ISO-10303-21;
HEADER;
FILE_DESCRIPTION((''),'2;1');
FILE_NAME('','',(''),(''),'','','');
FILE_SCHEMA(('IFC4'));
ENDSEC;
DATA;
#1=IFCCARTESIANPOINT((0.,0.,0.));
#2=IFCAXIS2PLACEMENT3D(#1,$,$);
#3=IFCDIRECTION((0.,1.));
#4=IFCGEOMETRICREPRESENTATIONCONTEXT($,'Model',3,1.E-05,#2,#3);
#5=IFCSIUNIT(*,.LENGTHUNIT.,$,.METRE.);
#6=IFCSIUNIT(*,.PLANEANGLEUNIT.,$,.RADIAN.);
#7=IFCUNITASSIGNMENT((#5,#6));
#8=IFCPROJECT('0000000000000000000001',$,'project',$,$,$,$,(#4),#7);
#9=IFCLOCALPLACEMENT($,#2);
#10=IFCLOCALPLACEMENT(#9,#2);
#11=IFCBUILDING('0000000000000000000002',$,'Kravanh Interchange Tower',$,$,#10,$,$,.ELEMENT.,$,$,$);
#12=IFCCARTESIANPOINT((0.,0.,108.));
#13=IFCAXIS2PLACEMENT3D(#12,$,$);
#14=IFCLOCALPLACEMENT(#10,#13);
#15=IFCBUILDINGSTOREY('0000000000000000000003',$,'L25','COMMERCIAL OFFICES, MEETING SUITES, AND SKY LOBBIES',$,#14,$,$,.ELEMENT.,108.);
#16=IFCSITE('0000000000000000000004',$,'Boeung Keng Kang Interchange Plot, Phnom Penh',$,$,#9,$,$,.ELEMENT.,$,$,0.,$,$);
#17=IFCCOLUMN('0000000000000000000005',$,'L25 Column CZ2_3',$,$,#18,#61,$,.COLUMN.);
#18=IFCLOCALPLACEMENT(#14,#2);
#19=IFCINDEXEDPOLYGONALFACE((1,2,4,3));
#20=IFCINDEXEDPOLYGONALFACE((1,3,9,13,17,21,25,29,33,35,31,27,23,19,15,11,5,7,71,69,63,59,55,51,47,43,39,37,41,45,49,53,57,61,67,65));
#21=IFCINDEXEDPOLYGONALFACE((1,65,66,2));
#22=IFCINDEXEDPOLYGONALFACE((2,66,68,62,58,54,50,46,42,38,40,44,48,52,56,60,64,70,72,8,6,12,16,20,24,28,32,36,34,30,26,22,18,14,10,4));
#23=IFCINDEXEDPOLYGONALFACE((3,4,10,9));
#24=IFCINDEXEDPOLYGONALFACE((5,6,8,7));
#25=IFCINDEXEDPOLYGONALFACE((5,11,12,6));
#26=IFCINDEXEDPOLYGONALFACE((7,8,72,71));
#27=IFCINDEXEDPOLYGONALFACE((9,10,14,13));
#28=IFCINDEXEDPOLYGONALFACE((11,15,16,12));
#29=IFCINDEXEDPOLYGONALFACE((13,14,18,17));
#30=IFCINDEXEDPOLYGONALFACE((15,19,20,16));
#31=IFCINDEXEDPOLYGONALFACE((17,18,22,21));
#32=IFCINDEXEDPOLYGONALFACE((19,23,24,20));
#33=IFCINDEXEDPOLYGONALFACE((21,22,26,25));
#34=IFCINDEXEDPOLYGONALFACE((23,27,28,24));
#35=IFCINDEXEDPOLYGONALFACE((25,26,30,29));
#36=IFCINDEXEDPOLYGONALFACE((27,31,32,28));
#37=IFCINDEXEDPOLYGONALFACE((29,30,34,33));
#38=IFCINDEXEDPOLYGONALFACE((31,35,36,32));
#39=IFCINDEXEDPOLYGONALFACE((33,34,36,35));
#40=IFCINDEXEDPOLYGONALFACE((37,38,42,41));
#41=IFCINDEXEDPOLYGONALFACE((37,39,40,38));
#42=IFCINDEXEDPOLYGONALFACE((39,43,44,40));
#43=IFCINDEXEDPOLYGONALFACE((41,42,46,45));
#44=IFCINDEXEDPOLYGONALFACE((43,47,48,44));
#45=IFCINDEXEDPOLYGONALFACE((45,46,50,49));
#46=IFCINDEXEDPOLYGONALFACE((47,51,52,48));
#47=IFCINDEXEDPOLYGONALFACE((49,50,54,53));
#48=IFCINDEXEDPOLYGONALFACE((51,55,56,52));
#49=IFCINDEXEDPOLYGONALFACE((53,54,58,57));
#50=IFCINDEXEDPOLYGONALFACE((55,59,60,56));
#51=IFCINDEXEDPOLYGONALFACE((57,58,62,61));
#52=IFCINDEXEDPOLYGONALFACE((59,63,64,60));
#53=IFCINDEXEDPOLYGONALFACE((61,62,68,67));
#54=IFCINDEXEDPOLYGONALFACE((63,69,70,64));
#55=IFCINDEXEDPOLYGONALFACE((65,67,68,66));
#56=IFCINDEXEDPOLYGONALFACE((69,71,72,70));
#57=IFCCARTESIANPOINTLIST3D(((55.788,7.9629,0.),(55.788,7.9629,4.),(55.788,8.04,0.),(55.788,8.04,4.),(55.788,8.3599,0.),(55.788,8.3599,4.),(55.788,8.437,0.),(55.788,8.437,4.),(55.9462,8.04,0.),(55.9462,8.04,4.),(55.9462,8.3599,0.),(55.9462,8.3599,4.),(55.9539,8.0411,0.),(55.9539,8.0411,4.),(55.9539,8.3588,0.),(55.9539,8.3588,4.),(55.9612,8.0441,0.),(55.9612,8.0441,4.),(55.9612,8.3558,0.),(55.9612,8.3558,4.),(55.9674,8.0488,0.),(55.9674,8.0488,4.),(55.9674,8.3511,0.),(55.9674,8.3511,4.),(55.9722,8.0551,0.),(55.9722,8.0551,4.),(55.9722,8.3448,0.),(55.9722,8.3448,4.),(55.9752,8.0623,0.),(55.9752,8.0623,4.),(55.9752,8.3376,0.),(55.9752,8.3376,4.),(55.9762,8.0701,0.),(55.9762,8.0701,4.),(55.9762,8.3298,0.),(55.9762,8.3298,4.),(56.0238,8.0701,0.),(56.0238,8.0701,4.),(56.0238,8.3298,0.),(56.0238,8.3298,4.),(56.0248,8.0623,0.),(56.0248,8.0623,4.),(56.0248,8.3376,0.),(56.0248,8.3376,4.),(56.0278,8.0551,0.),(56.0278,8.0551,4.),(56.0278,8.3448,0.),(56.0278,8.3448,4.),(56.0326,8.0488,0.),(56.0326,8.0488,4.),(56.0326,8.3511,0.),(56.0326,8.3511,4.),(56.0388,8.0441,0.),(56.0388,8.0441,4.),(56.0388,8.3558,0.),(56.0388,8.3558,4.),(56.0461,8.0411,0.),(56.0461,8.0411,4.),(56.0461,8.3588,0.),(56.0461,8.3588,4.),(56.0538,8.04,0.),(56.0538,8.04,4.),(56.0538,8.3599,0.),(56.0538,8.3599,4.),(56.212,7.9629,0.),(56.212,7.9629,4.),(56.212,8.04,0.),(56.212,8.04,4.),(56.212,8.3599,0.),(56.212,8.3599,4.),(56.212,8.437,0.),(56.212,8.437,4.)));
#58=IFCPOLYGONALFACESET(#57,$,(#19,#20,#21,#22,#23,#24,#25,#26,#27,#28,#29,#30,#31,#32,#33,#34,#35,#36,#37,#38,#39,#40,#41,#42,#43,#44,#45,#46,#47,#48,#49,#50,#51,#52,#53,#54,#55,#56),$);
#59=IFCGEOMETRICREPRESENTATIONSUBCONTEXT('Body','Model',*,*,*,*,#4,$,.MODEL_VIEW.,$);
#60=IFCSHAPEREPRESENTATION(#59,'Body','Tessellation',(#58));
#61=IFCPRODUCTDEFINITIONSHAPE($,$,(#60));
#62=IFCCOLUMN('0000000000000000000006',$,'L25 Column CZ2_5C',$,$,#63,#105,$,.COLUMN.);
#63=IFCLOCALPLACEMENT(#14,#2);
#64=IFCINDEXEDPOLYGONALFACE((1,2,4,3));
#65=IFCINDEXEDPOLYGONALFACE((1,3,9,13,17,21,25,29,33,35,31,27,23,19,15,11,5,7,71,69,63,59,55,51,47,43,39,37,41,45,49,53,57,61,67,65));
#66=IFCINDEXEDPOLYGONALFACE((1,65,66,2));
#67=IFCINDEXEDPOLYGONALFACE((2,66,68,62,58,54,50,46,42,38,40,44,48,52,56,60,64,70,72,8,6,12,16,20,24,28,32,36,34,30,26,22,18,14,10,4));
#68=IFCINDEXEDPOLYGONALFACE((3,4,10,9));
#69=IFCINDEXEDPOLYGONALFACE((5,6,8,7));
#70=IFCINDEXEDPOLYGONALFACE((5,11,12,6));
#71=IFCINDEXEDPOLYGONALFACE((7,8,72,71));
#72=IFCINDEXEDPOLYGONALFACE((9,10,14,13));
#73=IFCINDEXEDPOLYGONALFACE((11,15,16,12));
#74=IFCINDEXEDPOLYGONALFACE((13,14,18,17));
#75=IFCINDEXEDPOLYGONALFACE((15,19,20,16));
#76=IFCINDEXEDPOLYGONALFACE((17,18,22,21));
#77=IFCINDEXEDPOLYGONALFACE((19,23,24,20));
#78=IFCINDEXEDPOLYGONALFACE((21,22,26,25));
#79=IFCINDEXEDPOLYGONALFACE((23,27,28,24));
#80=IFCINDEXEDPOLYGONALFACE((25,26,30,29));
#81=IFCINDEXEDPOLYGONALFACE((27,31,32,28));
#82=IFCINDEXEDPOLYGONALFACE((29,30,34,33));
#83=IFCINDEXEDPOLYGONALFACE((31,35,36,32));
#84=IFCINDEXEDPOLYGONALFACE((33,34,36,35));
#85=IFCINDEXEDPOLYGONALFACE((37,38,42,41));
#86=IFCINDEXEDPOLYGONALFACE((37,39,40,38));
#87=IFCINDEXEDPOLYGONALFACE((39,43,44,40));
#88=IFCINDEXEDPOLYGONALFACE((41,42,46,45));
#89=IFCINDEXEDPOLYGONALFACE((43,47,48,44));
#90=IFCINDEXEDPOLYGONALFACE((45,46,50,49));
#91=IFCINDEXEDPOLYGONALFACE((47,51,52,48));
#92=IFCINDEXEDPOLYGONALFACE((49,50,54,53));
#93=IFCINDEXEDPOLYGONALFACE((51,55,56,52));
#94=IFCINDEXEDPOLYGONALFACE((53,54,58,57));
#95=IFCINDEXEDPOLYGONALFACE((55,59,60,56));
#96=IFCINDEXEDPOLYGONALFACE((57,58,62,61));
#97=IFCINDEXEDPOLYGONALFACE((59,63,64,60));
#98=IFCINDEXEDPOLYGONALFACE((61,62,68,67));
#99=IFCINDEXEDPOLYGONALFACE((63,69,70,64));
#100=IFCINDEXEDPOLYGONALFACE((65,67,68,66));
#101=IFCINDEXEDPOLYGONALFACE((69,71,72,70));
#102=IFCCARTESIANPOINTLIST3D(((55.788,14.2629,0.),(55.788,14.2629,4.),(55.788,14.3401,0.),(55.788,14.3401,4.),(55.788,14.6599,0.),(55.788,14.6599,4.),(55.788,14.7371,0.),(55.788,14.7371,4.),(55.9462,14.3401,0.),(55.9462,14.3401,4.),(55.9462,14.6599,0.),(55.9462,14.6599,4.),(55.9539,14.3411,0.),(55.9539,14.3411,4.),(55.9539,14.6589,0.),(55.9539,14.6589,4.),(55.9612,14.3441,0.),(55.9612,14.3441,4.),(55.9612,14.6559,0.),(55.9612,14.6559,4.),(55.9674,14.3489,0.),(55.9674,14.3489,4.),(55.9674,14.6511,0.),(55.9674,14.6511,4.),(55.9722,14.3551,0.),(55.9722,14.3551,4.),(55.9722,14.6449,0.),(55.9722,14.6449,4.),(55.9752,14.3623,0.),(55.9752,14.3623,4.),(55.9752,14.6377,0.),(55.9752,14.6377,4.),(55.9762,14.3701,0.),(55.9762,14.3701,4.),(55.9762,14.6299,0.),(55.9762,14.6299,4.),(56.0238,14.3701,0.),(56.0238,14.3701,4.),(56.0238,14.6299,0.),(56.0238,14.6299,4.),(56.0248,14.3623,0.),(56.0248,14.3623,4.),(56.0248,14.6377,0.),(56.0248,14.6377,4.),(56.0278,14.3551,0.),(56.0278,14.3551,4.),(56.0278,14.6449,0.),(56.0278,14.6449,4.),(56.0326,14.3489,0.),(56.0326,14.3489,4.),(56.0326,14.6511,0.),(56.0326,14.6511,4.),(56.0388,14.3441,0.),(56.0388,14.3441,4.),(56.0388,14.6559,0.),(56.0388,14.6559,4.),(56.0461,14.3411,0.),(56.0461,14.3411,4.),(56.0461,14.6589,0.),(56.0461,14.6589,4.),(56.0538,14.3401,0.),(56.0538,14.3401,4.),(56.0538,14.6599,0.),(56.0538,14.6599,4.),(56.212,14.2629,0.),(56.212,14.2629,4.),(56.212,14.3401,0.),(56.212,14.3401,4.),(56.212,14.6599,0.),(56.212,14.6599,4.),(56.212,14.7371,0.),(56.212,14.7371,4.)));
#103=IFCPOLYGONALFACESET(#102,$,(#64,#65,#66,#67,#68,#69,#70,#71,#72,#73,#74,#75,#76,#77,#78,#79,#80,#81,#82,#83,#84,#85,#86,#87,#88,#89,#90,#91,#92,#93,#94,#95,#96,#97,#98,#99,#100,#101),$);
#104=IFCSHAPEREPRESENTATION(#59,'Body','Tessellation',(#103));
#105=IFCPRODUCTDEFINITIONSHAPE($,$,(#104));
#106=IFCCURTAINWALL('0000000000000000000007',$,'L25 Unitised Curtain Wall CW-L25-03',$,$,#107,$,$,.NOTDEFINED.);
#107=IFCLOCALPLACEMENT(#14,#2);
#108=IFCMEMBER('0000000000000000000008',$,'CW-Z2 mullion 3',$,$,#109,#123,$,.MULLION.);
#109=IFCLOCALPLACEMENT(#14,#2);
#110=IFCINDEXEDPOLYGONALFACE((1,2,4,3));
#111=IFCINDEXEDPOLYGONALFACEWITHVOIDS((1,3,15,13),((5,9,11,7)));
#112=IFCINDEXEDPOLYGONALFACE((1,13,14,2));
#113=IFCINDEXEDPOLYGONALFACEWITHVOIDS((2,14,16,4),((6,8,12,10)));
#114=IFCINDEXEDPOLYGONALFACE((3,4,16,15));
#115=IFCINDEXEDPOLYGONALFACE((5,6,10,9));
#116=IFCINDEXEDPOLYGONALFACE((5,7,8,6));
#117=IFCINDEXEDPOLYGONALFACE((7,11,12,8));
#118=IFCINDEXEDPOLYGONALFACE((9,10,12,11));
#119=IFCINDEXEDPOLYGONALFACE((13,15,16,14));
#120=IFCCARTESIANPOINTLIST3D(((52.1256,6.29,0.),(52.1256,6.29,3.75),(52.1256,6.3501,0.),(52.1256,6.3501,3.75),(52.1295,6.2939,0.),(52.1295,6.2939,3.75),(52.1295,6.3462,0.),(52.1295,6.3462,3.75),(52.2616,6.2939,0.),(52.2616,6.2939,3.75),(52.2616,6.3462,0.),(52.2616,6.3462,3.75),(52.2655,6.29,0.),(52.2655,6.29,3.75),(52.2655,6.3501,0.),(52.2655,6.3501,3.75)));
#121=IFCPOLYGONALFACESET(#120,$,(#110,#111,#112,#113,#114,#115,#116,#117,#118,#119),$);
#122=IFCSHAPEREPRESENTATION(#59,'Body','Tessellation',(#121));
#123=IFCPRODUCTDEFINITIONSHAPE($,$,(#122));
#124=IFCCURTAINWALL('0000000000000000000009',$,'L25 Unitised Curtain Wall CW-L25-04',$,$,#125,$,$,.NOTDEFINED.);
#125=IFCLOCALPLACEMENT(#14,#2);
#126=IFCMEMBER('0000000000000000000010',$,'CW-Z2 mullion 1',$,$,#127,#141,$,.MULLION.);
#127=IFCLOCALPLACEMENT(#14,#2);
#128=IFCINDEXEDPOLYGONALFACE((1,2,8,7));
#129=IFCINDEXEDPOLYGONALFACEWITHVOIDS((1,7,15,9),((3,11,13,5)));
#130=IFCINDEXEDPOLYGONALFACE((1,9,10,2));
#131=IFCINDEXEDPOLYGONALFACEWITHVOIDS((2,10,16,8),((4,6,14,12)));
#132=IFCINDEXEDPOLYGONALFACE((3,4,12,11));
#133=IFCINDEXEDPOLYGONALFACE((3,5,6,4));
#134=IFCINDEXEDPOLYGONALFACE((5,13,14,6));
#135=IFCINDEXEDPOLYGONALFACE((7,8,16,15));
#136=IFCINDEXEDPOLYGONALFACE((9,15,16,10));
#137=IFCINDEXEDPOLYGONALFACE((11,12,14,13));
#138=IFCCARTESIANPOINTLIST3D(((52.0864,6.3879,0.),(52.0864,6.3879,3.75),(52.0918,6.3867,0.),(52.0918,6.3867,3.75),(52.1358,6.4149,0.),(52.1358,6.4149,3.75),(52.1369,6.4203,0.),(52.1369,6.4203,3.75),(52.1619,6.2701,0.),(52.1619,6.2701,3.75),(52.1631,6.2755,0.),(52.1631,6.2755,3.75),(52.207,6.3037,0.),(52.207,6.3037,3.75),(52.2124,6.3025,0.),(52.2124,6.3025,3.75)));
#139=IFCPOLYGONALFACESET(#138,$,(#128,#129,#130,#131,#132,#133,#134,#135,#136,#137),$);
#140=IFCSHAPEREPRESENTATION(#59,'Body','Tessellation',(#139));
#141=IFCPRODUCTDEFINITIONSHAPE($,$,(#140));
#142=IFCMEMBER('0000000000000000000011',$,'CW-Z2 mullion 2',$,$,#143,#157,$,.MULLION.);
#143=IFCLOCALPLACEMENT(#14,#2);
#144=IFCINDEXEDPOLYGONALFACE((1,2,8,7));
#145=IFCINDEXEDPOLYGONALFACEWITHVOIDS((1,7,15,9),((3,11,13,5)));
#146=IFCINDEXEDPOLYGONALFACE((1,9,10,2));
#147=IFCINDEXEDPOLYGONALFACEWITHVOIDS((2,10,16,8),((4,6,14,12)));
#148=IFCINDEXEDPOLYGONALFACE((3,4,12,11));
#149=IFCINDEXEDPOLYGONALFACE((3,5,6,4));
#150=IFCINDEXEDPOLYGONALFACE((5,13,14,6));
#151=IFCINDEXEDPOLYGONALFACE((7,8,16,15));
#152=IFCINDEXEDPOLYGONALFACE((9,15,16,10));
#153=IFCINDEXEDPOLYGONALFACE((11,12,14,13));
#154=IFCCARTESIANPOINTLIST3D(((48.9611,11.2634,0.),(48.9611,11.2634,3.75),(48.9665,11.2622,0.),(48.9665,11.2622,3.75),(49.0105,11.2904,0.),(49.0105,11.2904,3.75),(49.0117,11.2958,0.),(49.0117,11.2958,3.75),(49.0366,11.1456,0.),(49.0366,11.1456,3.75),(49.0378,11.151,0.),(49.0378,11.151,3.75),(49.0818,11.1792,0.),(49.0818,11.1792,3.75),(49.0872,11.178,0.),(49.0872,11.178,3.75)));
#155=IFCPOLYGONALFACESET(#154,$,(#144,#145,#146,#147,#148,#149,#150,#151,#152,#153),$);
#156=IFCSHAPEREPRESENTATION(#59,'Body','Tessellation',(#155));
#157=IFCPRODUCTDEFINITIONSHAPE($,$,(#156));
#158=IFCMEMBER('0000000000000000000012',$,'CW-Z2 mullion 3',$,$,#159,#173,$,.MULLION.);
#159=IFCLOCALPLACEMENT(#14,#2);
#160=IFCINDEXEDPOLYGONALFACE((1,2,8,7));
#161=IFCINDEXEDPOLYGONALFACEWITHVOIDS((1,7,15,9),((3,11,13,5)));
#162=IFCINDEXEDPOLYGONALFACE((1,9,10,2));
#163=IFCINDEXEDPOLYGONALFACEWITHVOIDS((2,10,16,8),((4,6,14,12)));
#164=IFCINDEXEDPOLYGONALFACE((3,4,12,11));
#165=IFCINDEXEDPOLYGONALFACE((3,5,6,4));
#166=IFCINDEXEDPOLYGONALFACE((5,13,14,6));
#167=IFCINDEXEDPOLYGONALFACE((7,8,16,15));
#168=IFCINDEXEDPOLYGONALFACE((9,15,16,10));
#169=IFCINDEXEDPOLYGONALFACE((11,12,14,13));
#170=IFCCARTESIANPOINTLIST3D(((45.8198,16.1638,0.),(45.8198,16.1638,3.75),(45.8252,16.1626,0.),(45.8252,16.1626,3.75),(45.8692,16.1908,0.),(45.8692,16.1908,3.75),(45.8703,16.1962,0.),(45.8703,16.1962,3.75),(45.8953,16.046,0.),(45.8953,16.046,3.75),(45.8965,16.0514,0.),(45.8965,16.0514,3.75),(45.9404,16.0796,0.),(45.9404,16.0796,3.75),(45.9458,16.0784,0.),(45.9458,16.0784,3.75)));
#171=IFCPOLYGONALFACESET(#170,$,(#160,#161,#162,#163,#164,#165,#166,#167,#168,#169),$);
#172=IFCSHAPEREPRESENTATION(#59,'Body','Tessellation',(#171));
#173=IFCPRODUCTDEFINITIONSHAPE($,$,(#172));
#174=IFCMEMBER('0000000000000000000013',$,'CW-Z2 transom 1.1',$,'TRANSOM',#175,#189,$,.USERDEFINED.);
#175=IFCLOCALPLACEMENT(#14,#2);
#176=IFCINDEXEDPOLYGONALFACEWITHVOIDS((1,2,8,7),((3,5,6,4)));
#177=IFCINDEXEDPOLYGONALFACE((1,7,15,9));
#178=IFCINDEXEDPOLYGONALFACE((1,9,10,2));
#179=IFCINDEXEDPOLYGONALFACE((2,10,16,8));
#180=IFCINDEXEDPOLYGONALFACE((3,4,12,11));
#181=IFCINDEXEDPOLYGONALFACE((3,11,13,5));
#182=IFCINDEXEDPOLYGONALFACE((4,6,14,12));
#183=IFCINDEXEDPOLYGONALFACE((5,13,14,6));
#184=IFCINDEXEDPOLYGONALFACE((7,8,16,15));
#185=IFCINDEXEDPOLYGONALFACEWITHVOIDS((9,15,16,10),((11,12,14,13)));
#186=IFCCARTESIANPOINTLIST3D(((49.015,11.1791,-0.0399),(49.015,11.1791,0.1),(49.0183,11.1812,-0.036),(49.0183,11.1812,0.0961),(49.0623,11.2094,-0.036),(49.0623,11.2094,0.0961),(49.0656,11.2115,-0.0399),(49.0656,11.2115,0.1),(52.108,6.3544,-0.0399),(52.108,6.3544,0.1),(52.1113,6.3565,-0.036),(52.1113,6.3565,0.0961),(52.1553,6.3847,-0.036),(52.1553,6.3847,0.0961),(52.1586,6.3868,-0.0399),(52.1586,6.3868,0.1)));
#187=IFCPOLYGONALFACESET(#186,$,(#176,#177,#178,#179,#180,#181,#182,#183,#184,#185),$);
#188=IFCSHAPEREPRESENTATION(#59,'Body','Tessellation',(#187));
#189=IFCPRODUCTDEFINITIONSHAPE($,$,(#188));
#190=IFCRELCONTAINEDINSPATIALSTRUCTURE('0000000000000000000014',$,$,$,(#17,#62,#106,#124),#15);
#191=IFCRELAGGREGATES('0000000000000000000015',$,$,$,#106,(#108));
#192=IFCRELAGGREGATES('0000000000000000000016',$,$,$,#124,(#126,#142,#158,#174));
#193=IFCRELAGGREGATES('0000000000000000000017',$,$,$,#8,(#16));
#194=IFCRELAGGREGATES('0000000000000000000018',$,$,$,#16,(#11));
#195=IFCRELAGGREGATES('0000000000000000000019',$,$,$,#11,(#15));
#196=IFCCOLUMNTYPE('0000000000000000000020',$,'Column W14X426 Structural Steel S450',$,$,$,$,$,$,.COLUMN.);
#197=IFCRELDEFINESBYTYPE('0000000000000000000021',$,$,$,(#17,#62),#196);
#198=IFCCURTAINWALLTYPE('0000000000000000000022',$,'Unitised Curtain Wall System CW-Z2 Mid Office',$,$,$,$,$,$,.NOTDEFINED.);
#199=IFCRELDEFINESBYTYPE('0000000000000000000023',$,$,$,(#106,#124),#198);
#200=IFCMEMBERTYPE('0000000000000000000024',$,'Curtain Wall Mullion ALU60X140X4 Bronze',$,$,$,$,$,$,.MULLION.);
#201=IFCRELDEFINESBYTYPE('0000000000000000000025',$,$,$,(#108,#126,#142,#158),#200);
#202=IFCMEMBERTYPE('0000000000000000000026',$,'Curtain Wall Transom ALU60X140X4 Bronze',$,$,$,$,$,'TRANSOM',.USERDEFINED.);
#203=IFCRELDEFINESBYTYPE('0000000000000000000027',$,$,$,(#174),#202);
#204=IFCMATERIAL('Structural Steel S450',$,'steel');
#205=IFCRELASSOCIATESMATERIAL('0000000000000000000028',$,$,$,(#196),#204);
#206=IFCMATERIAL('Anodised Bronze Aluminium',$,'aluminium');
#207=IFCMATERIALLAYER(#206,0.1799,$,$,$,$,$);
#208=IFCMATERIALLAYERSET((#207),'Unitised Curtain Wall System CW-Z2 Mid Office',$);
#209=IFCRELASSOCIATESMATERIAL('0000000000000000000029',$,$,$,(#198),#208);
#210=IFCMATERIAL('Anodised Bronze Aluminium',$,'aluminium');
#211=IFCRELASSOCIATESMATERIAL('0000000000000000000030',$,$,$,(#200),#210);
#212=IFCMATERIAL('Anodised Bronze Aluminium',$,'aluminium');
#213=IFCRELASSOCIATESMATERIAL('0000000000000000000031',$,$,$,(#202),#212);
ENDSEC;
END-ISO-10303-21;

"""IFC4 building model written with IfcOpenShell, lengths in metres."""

from ifc_helpers import new_model, si_unit, direction, frame, origin, origin_2d, place, context, subcontext, project, spatial, hollow_rectangle, i_section, extrude, material, layer, layer_set, material_profile, profile_set, type_object, element, aggregate, save


model = new_model("IFC4")

# Units and contexts
model_context = context("Model", 3, precision=1e-05, world=origin(), true_north=direction((0.0, 1.0)))
body_context = subcontext(model_context, "Body", "Model", "MODEL_VIEW")
ifc_project = project(units=[si_unit("LENGTHUNIT", "METRE"), si_unit("PLANEANGLEUNIT", "RADIAN")], contexts=[model_context])

# Site, building, storey
site_placement = place(None, origin())
site = spatial("IfcSite", under=ifc_project, at=site_placement, Name="Boeung Keng Kang Interchange Plot, Phnom Penh", CompositionType="ELEMENT", RefElevation=0.0)
building_placement = place(site_placement, origin())
building = spatial("IfcBuilding", under=site, at=building_placement, Name="Kravanh Interchange Tower", CompositionType="ELEMENT")
storey_placement = place(building_placement, frame((0.0, 0.0, 108.0)))
storey = spatial("IfcBuildingStorey", under=building, at=storey_placement, Name="L25", Description="COMMERCIAL OFFICES, MEETING SUITES, AND SKY LOBBIES", CompositionType="ELEMENT", Elevation=108.0)

# Columns
ifc_material_1 = material(Name="Structural Steel S450", Category="steel")
ifc_material_profile_1 = material_profile(ifc_material_1, i_section(OverallWidth=0.4241, OverallDepth=0.4741, WebThickness=0.0476, FlangeThickness=0.0771, FilletRadius=0.03, at=origin_2d()), Name="W14X426")
ifc_profile_set_1 = profile_set([ifc_material_profile_1], Name="Structural Steel S450")
column_type = type_object("IfcColumnType", Name="Column W14X426 Structural Steel S450", PredefinedType="COLUMN", material=ifc_profile_set_1)
for number, where, z_axis, x_axis, name in (
    (1, (56.0, 8.2, 0.0), (0.0, 0.0, 1.0), (1.0, 0.0, 0.0), "L25 Column CZ2_3"),
    (2, (56.0, 14.5, 0.0), (0.0, 0.0, 1.0), (1.0, 0.0, 0.0), "L25 Column CZ2_5C"),
):
    element("IfcColumn", number, at=place(storey_placement, frame(where, z_axis=z_axis, x_axis=x_axis)), inside=storey, type_object=column_type, Name=name, PredefinedType="COLUMN", context=body_context, shape_type="SweptSolid", body=[
        extrude(i_section(OverallWidth=0.4241, OverallDepth=0.4741, WebThickness=0.0476, FlangeThickness=0.0771, FilletRadius=0.03, at=origin_2d()), origin(), (0.0, 0.0, 1.0), 4.0),
    ])

# Curtain wall, member
ifc_material_2 = material(Name="Anodised Bronze Aluminium", Category="aluminium")
ifc_layer_1 = layer(ifc_material_2, 0.1799)
ifc_layer_set_1 = layer_set([ifc_layer_1], Name="Unitised Curtain Wall System CW-Z2 Mid Office")
curtain_wall_type = type_object("IfcCurtainWallType", Name="Unitised Curtain Wall System CW-Z2 Mid Office", PredefinedType="NOTDEFINED", material=ifc_layer_set_1)
curtain_wall_1_placement = place(storey_placement, origin())
curtain_wall_1 = element("IfcCurtainWall", 3, at=curtain_wall_1_placement, inside=storey, type_object=curtain_wall_type, Name="L25 Unitised Curtain Wall CW-L25-03", PredefinedType="NOTDEFINED")
ifc_material_3 = material(Name="Anodised Bronze Aluminium", Category="aluminium")
ifc_material_profile_2 = material_profile(ifc_material_3, hollow_rectangle(XDim=0.0601, YDim=0.1399, WallThickness=0.0039, at=origin_2d()), Name="ALU60X140X4")
ifc_profile_set_2 = profile_set([ifc_material_profile_2], Name="Anodised Bronze Aluminium")
member_type_1 = type_object("IfcMemberType", Name="Curtain Wall Mullion ALU60X140X4 Bronze", PredefinedType="MULLION", material=ifc_profile_set_2)
member_1_placement = place(storey_placement, frame((52.1956, 6.3201, 0.0), z_axis=(0.0, 0.0, 1.0), x_axis=(0.0, -1.0, 0.0)))
member_1 = element("IfcMember", 4, at=member_1_placement, type_object=member_type_1, Name="CW-Z2 mullion 3", PredefinedType="MULLION", context=body_context, shape_type="SweptSolid", body=[
    extrude(hollow_rectangle(XDim=0.0601, YDim=0.1399, WallThickness=0.0039, at=origin_2d()), origin(), (0.0, 0.0, 1.0), 3.75),
])

# Curtain wall, members
curtain_wall_2_placement = place(storey_placement, origin())
curtain_wall_2 = element("IfcCurtainWall", 5, at=curtain_wall_2_placement, inside=storey, type_object=curtain_wall_type, Name="L25 Unitised Curtain Wall CW-L25-04", PredefinedType="NOTDEFINED")
member_2_placement = place(storey_placement, frame((52.1494, 6.3452, 0.0), z_axis=(0.0, 0.0, 1.0), x_axis=(-0.84188, -0.539665, 0.0)))
member_2 = element("IfcMember", 6, at=member_2_placement, type_object=member_type_1, Name="CW-Z2 mullion 1", PredefinedType="MULLION", context=body_context, shape_type="SweptSolid", body=[
    extrude(hollow_rectangle(XDim=0.0601, YDim=0.1399, WallThickness=0.0039, at=origin_2d()), origin(), (0.0, 0.0, 1.0), 3.75),
])
member_3_placement = place(storey_placement, frame((49.0242, 11.2207, 0.0), z_axis=(0.0, 0.0, 1.0), x_axis=(-0.84188, -0.539665, 0.0)))
member_3 = element("IfcMember", 7, at=member_3_placement, type_object=member_type_1, Name="CW-Z2 mullion 2", PredefinedType="MULLION", context=body_context, shape_type="SweptSolid", body=[
    extrude(hollow_rectangle(XDim=0.0601, YDim=0.1399, WallThickness=0.0039, at=origin_2d()), origin(), (0.0, 0.0, 1.0), 3.75),
])
member_4_placement = place(storey_placement, frame((45.8828, 16.1211, 0.0), z_axis=(0.0, 0.0, 1.0), x_axis=(-0.84188, -0.539665, 0.0)))
member_4 = element("IfcMember", 8, at=member_4_placement, type_object=member_type_1, Name="CW-Z2 mullion 3", PredefinedType="MULLION", context=body_context, shape_type="SweptSolid", body=[
    extrude(hollow_rectangle(XDim=0.0601, YDim=0.1399, WallThickness=0.0039, at=origin_2d()), origin(), (0.0, 0.0, 1.0), 3.75),
])
ifc_material_4 = material(Name="Anodised Bronze Aluminium", Category="aluminium")
ifc_material_profile_3 = material_profile(ifc_material_4, hollow_rectangle(XDim=0.0601, YDim=0.1399, WallThickness=0.0039, at=origin_2d()), Name="ALU60X140X4")
ifc_profile_set_3 = profile_set([ifc_material_profile_3], Name="Anodised Bronze Aluminium")
member_type_2 = type_object("IfcMemberType", Name="Curtain Wall Transom ALU60X140X4 Bronze", ElementType="TRANSOM", PredefinedType="USERDEFINED", material=ifc_profile_set_3)
member_5_placement = place(storey_placement, frame((52.1333, 6.3706, 0.03), z_axis=(-0.539698, 0.841859, 0.0), x_axis=(-0.841859, -0.539698, 0.0)))
member_5 = element("IfcMember", 9, at=member_5_placement, type_object=member_type_2, Name="CW-Z2 transom 1.1", ObjectType="TRANSOM", PredefinedType="USERDEFINED", context=body_context, shape_type="SweptSolid", body=[
    extrude(hollow_rectangle(XDim=0.0601, YDim=0.1399, WallThickness=0.0039, at=origin_2d()), origin(), (0.0, 0.0, 1.0), 5.731),
])

aggregate(curtain_wall_1, [member_1])
aggregate(curtain_wall_2, [member_2, member_3, member_4, member_5])

save(model, "model.ifc")
